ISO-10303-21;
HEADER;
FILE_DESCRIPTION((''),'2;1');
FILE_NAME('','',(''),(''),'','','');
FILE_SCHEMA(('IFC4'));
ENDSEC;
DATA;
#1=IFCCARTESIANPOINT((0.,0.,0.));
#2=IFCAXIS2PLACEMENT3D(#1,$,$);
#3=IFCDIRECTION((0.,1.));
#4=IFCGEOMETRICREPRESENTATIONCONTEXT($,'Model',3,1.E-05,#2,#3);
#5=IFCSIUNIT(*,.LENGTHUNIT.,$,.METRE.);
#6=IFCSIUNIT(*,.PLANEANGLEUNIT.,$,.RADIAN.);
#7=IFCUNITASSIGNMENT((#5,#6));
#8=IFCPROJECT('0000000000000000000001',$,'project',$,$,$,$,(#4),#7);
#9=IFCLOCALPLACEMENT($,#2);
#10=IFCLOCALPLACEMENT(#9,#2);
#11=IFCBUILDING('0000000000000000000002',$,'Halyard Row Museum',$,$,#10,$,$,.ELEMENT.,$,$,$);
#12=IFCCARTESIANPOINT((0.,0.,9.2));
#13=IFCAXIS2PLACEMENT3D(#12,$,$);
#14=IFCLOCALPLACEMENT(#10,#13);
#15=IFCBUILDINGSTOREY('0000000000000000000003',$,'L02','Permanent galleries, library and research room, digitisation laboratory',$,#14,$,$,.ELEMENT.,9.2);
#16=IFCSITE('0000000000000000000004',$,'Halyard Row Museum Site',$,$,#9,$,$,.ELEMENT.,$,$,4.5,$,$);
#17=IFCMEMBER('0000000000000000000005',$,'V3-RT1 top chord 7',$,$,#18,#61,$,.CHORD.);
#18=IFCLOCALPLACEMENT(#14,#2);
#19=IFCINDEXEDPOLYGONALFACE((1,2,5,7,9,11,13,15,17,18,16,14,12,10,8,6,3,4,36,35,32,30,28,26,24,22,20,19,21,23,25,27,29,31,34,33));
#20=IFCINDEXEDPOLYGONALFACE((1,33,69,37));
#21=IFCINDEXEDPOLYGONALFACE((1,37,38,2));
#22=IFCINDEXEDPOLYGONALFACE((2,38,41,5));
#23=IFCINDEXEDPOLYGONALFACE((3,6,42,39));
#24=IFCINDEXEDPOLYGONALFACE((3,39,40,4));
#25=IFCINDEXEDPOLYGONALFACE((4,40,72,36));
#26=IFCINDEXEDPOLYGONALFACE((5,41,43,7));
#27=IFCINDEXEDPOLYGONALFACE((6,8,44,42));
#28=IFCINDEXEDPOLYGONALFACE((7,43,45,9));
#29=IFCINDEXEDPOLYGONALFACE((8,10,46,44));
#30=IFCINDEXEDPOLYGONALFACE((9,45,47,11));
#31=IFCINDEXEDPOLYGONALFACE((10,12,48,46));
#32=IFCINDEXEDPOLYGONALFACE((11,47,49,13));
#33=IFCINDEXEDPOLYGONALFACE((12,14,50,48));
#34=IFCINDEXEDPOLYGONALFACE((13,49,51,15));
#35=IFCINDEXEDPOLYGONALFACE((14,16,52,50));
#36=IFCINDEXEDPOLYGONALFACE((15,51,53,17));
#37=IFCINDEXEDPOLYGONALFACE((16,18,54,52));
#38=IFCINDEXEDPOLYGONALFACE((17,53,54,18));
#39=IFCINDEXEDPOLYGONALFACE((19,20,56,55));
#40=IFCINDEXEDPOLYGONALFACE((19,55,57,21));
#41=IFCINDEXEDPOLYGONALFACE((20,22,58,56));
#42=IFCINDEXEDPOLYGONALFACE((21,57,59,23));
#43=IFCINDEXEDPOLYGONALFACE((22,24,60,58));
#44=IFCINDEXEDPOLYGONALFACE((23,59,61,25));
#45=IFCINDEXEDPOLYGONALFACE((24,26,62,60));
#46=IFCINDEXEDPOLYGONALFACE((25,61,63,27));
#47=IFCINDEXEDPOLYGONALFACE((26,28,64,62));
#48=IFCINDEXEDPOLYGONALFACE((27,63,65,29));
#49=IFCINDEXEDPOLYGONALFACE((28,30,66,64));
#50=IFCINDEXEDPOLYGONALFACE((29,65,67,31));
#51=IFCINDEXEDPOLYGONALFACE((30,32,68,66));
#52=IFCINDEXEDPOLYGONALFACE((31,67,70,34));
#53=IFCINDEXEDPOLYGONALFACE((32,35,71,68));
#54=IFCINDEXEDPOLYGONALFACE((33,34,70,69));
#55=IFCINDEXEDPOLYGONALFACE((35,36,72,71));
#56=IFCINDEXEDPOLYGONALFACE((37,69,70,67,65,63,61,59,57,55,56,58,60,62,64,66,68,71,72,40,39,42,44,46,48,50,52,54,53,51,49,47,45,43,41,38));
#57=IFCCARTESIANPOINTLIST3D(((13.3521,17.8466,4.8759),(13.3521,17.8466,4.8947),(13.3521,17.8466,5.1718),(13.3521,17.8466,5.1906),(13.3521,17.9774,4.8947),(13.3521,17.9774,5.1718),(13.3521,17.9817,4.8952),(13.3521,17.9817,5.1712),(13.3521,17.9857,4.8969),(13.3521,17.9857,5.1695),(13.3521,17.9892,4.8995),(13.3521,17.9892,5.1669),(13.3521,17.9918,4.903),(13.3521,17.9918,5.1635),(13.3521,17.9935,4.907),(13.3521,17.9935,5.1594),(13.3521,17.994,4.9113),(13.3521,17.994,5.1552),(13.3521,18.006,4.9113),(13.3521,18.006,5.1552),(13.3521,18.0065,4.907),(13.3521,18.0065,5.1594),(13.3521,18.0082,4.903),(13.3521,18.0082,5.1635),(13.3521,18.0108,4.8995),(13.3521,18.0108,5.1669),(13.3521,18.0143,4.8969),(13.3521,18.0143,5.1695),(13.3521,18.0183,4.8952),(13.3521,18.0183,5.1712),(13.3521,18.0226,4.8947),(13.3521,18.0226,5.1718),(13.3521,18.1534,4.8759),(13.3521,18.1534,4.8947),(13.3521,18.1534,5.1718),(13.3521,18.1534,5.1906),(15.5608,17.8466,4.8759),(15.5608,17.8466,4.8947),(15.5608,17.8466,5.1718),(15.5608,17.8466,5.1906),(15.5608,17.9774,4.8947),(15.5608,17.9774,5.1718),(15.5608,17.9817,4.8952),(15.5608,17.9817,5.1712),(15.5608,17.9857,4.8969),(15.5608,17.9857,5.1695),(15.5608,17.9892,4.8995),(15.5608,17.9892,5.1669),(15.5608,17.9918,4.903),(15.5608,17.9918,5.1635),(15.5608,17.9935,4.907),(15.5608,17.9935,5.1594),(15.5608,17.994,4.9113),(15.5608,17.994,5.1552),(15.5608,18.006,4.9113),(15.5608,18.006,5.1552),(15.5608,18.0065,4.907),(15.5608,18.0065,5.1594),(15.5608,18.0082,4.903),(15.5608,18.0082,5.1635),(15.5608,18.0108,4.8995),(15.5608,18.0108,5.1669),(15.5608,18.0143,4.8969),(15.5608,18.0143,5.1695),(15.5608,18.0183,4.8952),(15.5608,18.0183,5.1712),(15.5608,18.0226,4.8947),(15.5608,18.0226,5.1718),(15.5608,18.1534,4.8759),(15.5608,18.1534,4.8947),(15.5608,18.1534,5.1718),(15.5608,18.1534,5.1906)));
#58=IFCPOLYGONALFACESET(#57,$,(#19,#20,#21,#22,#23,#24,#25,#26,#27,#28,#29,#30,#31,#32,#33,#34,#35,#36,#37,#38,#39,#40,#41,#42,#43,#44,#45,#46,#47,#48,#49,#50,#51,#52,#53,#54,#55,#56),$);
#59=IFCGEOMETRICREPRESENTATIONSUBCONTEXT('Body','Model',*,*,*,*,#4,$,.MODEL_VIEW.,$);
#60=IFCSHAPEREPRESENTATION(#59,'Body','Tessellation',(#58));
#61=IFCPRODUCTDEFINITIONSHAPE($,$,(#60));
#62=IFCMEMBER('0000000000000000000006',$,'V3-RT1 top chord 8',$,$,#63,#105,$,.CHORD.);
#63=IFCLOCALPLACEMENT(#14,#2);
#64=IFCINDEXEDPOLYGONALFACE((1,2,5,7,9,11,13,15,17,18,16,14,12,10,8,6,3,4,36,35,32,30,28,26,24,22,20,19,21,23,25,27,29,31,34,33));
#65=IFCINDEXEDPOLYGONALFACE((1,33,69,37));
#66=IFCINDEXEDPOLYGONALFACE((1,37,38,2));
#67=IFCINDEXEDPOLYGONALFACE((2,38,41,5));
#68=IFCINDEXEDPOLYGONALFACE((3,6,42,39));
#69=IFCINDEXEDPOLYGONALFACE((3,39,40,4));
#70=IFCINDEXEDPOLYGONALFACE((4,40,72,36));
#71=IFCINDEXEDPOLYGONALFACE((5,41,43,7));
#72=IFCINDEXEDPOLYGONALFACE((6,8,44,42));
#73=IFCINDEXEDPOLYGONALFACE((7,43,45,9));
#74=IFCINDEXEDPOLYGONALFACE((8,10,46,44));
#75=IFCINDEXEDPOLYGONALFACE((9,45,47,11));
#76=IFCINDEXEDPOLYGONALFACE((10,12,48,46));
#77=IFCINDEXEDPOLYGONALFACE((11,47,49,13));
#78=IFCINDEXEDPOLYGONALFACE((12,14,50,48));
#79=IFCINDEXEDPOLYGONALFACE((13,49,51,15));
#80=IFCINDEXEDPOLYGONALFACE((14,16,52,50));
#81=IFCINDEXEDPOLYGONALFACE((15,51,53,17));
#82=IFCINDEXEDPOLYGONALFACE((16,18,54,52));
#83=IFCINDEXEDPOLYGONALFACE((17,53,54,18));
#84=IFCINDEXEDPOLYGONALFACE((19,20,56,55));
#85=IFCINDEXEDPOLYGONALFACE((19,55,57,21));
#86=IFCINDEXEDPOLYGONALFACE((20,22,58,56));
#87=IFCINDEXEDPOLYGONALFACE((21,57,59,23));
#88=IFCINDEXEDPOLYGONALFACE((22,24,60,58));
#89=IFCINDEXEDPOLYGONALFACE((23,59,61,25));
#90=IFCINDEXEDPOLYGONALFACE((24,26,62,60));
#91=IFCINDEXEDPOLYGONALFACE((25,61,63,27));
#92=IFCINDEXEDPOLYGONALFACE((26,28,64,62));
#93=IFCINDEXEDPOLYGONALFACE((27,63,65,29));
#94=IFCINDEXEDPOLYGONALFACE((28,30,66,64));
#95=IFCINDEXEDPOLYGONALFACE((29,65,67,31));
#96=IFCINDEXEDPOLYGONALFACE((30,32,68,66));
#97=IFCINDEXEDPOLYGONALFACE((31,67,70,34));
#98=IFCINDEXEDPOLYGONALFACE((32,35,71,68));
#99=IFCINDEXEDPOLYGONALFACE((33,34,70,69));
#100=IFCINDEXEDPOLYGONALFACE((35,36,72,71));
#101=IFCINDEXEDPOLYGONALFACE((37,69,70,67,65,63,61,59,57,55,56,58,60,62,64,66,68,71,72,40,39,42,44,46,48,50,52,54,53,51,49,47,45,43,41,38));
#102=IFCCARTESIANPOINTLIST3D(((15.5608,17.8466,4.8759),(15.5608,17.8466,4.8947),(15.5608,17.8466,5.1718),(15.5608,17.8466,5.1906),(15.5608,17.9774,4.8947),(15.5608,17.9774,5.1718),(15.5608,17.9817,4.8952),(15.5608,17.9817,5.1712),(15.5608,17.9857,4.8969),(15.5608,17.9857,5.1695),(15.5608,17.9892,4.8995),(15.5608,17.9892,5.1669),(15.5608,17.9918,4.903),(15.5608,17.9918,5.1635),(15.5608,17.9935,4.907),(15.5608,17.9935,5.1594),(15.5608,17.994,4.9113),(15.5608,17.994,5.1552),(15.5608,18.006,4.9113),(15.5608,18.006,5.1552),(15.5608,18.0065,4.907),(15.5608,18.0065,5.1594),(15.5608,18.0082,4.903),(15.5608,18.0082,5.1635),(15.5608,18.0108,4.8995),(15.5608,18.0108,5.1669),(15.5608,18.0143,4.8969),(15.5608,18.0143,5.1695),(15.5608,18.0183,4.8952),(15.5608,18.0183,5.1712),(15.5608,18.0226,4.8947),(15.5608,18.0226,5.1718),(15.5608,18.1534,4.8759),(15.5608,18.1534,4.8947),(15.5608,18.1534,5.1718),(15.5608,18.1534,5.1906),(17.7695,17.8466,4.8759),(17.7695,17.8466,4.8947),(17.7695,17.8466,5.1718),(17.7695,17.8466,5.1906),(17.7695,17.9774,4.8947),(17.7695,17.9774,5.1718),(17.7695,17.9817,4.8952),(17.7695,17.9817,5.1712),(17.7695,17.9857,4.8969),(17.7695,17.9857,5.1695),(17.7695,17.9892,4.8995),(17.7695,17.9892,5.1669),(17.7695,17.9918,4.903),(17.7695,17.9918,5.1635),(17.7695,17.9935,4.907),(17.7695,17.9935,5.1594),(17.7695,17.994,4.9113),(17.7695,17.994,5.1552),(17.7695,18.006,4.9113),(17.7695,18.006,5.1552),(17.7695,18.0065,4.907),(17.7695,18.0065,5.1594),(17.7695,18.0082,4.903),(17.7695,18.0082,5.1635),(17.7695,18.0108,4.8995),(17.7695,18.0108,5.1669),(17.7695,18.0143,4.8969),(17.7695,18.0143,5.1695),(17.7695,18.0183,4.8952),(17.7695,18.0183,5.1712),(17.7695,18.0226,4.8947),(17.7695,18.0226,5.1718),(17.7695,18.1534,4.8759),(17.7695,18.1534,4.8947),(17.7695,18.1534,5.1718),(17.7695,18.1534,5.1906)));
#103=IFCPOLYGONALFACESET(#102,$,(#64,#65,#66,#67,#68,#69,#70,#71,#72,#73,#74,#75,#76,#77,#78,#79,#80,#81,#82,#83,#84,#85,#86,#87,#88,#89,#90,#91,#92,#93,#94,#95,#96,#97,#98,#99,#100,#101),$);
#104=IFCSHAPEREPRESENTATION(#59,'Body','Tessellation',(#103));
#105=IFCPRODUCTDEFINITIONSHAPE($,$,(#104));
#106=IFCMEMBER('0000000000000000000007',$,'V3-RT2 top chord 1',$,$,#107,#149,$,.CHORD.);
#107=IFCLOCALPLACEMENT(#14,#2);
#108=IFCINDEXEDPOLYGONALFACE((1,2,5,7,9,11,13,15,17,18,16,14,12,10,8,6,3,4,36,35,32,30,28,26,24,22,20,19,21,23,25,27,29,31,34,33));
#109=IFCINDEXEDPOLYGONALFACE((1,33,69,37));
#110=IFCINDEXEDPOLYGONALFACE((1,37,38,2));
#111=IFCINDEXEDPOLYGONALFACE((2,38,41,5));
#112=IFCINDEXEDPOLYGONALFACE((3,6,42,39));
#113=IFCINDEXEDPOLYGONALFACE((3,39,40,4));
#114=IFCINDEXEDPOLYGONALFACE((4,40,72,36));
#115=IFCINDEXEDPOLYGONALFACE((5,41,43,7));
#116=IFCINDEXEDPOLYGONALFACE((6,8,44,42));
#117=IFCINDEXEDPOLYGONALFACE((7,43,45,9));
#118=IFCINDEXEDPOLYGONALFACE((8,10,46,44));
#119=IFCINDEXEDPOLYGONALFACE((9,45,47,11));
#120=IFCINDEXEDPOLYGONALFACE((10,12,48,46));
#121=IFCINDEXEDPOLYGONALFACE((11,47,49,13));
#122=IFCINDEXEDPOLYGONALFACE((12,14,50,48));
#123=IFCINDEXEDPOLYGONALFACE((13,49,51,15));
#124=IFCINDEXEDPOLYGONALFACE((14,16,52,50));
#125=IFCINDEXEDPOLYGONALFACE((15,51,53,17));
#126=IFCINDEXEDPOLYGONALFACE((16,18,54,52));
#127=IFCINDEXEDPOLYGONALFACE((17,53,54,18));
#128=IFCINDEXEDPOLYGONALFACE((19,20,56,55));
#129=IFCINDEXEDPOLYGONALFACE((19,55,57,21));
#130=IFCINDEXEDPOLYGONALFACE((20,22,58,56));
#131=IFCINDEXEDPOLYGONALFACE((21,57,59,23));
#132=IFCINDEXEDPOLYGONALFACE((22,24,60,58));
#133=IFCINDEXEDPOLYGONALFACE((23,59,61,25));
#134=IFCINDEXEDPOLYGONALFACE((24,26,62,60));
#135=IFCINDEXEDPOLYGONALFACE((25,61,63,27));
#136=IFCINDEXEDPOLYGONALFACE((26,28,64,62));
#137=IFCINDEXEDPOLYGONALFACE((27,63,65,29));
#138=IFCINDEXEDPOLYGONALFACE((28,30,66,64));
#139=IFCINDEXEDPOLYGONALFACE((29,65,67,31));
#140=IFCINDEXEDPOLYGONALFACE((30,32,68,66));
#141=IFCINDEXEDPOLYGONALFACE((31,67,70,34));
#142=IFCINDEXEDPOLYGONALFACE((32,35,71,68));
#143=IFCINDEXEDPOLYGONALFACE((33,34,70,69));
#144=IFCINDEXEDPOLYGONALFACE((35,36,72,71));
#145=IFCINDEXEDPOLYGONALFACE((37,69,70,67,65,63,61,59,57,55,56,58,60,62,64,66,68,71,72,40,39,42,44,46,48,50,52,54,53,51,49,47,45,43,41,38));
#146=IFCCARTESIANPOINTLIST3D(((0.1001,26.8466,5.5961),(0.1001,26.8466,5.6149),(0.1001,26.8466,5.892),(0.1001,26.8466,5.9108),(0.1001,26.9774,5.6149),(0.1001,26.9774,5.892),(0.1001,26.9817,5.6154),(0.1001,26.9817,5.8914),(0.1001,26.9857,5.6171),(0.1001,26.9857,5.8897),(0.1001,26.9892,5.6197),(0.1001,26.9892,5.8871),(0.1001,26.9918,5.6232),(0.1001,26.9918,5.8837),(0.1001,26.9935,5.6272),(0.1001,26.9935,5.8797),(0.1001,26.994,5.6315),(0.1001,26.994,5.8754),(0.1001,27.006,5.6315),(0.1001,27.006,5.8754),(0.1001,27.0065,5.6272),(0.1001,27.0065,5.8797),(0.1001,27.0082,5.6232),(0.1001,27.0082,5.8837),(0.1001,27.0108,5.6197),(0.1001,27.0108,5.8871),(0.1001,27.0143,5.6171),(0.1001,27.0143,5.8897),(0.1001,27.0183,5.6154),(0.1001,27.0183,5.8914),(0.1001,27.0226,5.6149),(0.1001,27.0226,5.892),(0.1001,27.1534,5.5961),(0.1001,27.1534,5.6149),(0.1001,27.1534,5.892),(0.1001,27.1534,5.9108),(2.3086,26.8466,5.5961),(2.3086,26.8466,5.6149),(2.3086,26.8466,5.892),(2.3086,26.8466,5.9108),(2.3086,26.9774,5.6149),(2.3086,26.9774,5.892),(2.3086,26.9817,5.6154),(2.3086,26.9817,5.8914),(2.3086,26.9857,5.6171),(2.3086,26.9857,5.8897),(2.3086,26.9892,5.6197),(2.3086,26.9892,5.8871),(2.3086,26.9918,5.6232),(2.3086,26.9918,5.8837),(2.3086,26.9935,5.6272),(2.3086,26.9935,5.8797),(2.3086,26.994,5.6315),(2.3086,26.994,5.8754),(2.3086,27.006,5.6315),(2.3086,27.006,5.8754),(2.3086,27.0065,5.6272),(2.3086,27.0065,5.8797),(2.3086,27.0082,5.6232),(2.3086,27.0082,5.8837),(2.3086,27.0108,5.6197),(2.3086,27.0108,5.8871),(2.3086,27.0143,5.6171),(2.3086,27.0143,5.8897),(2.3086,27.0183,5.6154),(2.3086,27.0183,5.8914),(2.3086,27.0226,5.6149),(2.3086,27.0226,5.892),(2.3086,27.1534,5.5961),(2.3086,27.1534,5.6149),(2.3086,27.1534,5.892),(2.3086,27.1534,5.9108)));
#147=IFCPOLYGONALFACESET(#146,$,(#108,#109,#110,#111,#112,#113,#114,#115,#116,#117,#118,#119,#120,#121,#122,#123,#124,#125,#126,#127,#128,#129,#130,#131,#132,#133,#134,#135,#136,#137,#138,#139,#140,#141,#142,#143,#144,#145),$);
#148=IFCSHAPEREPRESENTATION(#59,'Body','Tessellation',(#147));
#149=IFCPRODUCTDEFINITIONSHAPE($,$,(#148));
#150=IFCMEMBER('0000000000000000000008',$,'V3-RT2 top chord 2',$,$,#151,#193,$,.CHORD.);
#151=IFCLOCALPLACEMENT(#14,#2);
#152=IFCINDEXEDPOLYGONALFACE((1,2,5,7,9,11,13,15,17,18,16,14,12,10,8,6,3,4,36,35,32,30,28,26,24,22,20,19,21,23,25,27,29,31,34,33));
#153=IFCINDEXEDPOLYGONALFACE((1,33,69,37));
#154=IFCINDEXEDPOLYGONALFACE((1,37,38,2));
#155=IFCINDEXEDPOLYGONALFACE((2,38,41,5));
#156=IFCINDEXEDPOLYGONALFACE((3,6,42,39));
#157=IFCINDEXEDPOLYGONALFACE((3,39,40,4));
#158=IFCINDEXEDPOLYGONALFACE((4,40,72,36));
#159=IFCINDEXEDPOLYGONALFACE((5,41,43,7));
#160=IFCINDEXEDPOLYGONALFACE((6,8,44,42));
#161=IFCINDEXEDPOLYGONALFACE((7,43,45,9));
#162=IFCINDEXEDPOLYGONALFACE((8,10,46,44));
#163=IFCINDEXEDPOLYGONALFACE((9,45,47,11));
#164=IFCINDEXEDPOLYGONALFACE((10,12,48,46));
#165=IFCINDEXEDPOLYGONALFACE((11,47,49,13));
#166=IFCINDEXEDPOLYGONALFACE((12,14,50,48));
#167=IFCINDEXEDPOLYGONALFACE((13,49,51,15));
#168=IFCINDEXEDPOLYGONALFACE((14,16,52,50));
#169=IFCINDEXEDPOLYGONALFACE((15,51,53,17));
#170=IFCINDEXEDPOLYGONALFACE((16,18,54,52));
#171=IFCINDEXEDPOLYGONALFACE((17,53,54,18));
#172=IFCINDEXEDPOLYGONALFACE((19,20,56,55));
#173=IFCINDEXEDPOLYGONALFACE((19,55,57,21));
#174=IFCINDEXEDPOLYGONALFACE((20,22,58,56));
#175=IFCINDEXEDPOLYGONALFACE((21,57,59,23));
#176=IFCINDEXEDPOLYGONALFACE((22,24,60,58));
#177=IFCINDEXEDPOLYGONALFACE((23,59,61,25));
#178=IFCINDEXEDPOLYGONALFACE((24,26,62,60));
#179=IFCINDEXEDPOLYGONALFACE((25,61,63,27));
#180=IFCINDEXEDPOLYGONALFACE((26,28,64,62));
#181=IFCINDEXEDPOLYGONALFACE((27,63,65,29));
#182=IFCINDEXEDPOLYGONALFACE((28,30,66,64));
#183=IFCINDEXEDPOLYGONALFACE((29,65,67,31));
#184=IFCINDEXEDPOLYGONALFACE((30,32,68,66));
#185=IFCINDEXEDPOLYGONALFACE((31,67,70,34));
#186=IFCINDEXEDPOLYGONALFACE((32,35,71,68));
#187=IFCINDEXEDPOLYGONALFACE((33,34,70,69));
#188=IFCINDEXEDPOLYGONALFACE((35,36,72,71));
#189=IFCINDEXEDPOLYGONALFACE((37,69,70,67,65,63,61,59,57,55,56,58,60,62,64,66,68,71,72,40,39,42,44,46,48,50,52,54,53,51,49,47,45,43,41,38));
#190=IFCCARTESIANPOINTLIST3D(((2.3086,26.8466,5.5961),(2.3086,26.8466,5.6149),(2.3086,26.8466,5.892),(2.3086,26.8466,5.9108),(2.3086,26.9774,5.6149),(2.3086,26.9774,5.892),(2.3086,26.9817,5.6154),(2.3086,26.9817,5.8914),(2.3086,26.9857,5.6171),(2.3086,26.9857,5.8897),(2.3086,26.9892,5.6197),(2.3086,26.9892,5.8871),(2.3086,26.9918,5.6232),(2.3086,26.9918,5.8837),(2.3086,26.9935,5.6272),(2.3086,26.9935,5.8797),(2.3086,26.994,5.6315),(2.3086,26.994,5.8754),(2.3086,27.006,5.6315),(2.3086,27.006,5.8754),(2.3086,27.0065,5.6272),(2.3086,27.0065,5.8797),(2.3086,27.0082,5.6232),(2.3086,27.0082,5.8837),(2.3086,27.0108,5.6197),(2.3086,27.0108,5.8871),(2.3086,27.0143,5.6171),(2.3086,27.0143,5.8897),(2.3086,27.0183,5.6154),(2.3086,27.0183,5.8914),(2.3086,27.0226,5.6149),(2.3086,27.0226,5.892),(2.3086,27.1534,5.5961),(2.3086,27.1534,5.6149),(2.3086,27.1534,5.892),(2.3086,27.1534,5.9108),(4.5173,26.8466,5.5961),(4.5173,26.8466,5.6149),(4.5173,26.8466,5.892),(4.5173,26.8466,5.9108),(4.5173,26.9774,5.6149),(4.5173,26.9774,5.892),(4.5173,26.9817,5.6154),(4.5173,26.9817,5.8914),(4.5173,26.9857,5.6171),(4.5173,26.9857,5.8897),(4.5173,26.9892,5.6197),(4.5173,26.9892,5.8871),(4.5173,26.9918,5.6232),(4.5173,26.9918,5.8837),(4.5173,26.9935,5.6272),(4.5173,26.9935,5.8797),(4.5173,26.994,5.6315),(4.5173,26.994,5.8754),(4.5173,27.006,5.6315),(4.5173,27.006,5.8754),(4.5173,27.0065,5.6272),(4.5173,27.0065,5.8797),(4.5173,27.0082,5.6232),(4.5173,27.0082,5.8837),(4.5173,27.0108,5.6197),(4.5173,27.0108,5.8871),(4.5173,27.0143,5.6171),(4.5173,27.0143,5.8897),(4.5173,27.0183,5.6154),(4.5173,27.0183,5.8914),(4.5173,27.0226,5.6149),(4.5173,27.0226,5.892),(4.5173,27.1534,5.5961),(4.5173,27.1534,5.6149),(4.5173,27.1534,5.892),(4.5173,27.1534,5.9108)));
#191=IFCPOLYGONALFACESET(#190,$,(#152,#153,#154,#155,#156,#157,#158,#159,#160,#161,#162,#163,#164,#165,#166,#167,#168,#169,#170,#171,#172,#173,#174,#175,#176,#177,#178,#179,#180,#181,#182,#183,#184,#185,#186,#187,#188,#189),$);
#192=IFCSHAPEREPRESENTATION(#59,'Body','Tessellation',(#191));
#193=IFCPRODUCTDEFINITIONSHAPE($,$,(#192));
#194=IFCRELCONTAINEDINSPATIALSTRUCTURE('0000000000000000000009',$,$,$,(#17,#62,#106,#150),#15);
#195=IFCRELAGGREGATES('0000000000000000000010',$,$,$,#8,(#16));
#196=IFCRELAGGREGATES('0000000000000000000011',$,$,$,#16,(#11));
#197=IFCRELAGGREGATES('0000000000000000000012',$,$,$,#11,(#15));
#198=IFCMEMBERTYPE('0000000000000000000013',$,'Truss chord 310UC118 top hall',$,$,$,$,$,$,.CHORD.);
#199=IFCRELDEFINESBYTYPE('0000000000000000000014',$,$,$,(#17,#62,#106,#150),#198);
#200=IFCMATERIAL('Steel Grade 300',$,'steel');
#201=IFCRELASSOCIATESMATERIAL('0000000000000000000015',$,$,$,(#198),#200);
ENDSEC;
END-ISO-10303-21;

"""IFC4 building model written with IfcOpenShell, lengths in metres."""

from ifc_helpers import new_model, si_unit, direction, frame, origin, origin_2d, place, context, subcontext, project, spatial, i_section, extrude, material, material_profile, profile_set, type_object, element, save


model = new_model("IFC4")

# Units and contexts
model_context = context("Model", 3, precision=1e-05, world=origin(), true_north=direction((0.0, 1.0)))
body_context = subcontext(model_context, "Body", "Model", "MODEL_VIEW")
ifc_project = project(units=[si_unit("LENGTHUNIT", "METRE"), si_unit("PLANEANGLEUNIT", "RADIAN")], contexts=[model_context])

# Site, building, storey
site_placement = place(None, origin())
site = spatial("IfcSite", under=ifc_project, at=site_placement, Name="Halyard Row Museum Site", CompositionType="ELEMENT", RefElevation=4.5)
building_placement = place(site_placement, origin())
building = spatial("IfcBuilding", under=site, at=building_placement, Name="Halyard Row Museum", CompositionType="ELEMENT")
storey_placement = place(building_placement, frame((0.0, 0.0, 9.2)))
storey = spatial("IfcBuildingStorey", under=building, at=storey_placement, Name="L02", Description="Permanent galleries, library and research room, digitisation laboratory", CompositionType="ELEMENT", Elevation=9.2)

# Members
ifc_material_1 = material(Name="Steel Grade 300", Category="steel")
ifc_material_profile_1 = material_profile(ifc_material_1, i_section(OverallWidth=0.3069, OverallDepth=0.3147, WebThickness=0.012, FlangeThickness=0.0188, FilletRadius=0.0166, at=origin_2d()), Name="310UC118")
ifc_profile_set_1 = profile_set([ifc_material_profile_1], Name="Steel Grade 300")
member_type_1 = type_object("IfcMemberType", Name="Truss chord 310UC118 top hall", PredefinedType="CHORD", material=ifc_profile_set_1)
for number, where, z_axis, x_axis, name in (
    (1, (13.3521, 18.0, 5.0332), (1.0, 0.0, 0.0), (0.0, 1.0, 0.0), "V3-RT1 top chord 7"),
    (2, (15.5608, 18.0, 5.0332), (1.0, 0.0, 0.0), (0.0, 1.0, 0.0), "V3-RT1 top chord 8"),
):
    element("IfcMember", number, at=place(storey_placement, frame(where, z_axis=z_axis, x_axis=x_axis)), inside=storey, type_object=member_type_1, Name=name, PredefinedType="CHORD", context=body_context, shape_type="SweptSolid", body=[
        extrude(i_section(OverallWidth=0.3069, OverallDepth=0.3147, WebThickness=0.012, FlangeThickness=0.0188, FilletRadius=0.0166, at=origin_2d()), origin(), (0.0, 0.0, 1.0), 2.2087),
    ])
member_1_placement = place(storey_placement, frame((0.1001, 27.0, 5.7534), z_axis=(1.0, 0.0, 0.0), x_axis=(0.0, 1.0, 0.0)))
element("IfcMember", 3, at=member_1_placement, inside=storey, type_object=member_type_1, Name="V3-RT2 top chord 1", PredefinedType="CHORD", context=body_context, shape_type="SweptSolid", body=[
    extrude(i_section(OverallWidth=0.3069, OverallDepth=0.3147, WebThickness=0.012, FlangeThickness=0.0188, FilletRadius=0.0166, at=origin_2d()), origin(), (0.0, 0.0, 1.0), 2.2085),
])
for number, where, z_axis, x_axis, name in (
    (4, (2.3086, 27.0, 5.7534), (1.0, 0.0, 0.0), (0.0, 1.0, 0.0), "V3-RT2 top chord 2"),
):
    element("IfcMember", number, at=place(storey_placement, frame(where, z_axis=z_axis, x_axis=x_axis)), inside=storey, type_object=member_type_1, Name=name, PredefinedType="CHORD", context=body_context, shape_type="SweptSolid", body=[
        extrude(i_section(OverallWidth=0.3069, OverallDepth=0.3147, WebThickness=0.012, FlangeThickness=0.0188, FilletRadius=0.0166, at=origin_2d()), origin(), (0.0, 0.0, 1.0), 2.2087),
    ])

save(model, "model.ifc")
